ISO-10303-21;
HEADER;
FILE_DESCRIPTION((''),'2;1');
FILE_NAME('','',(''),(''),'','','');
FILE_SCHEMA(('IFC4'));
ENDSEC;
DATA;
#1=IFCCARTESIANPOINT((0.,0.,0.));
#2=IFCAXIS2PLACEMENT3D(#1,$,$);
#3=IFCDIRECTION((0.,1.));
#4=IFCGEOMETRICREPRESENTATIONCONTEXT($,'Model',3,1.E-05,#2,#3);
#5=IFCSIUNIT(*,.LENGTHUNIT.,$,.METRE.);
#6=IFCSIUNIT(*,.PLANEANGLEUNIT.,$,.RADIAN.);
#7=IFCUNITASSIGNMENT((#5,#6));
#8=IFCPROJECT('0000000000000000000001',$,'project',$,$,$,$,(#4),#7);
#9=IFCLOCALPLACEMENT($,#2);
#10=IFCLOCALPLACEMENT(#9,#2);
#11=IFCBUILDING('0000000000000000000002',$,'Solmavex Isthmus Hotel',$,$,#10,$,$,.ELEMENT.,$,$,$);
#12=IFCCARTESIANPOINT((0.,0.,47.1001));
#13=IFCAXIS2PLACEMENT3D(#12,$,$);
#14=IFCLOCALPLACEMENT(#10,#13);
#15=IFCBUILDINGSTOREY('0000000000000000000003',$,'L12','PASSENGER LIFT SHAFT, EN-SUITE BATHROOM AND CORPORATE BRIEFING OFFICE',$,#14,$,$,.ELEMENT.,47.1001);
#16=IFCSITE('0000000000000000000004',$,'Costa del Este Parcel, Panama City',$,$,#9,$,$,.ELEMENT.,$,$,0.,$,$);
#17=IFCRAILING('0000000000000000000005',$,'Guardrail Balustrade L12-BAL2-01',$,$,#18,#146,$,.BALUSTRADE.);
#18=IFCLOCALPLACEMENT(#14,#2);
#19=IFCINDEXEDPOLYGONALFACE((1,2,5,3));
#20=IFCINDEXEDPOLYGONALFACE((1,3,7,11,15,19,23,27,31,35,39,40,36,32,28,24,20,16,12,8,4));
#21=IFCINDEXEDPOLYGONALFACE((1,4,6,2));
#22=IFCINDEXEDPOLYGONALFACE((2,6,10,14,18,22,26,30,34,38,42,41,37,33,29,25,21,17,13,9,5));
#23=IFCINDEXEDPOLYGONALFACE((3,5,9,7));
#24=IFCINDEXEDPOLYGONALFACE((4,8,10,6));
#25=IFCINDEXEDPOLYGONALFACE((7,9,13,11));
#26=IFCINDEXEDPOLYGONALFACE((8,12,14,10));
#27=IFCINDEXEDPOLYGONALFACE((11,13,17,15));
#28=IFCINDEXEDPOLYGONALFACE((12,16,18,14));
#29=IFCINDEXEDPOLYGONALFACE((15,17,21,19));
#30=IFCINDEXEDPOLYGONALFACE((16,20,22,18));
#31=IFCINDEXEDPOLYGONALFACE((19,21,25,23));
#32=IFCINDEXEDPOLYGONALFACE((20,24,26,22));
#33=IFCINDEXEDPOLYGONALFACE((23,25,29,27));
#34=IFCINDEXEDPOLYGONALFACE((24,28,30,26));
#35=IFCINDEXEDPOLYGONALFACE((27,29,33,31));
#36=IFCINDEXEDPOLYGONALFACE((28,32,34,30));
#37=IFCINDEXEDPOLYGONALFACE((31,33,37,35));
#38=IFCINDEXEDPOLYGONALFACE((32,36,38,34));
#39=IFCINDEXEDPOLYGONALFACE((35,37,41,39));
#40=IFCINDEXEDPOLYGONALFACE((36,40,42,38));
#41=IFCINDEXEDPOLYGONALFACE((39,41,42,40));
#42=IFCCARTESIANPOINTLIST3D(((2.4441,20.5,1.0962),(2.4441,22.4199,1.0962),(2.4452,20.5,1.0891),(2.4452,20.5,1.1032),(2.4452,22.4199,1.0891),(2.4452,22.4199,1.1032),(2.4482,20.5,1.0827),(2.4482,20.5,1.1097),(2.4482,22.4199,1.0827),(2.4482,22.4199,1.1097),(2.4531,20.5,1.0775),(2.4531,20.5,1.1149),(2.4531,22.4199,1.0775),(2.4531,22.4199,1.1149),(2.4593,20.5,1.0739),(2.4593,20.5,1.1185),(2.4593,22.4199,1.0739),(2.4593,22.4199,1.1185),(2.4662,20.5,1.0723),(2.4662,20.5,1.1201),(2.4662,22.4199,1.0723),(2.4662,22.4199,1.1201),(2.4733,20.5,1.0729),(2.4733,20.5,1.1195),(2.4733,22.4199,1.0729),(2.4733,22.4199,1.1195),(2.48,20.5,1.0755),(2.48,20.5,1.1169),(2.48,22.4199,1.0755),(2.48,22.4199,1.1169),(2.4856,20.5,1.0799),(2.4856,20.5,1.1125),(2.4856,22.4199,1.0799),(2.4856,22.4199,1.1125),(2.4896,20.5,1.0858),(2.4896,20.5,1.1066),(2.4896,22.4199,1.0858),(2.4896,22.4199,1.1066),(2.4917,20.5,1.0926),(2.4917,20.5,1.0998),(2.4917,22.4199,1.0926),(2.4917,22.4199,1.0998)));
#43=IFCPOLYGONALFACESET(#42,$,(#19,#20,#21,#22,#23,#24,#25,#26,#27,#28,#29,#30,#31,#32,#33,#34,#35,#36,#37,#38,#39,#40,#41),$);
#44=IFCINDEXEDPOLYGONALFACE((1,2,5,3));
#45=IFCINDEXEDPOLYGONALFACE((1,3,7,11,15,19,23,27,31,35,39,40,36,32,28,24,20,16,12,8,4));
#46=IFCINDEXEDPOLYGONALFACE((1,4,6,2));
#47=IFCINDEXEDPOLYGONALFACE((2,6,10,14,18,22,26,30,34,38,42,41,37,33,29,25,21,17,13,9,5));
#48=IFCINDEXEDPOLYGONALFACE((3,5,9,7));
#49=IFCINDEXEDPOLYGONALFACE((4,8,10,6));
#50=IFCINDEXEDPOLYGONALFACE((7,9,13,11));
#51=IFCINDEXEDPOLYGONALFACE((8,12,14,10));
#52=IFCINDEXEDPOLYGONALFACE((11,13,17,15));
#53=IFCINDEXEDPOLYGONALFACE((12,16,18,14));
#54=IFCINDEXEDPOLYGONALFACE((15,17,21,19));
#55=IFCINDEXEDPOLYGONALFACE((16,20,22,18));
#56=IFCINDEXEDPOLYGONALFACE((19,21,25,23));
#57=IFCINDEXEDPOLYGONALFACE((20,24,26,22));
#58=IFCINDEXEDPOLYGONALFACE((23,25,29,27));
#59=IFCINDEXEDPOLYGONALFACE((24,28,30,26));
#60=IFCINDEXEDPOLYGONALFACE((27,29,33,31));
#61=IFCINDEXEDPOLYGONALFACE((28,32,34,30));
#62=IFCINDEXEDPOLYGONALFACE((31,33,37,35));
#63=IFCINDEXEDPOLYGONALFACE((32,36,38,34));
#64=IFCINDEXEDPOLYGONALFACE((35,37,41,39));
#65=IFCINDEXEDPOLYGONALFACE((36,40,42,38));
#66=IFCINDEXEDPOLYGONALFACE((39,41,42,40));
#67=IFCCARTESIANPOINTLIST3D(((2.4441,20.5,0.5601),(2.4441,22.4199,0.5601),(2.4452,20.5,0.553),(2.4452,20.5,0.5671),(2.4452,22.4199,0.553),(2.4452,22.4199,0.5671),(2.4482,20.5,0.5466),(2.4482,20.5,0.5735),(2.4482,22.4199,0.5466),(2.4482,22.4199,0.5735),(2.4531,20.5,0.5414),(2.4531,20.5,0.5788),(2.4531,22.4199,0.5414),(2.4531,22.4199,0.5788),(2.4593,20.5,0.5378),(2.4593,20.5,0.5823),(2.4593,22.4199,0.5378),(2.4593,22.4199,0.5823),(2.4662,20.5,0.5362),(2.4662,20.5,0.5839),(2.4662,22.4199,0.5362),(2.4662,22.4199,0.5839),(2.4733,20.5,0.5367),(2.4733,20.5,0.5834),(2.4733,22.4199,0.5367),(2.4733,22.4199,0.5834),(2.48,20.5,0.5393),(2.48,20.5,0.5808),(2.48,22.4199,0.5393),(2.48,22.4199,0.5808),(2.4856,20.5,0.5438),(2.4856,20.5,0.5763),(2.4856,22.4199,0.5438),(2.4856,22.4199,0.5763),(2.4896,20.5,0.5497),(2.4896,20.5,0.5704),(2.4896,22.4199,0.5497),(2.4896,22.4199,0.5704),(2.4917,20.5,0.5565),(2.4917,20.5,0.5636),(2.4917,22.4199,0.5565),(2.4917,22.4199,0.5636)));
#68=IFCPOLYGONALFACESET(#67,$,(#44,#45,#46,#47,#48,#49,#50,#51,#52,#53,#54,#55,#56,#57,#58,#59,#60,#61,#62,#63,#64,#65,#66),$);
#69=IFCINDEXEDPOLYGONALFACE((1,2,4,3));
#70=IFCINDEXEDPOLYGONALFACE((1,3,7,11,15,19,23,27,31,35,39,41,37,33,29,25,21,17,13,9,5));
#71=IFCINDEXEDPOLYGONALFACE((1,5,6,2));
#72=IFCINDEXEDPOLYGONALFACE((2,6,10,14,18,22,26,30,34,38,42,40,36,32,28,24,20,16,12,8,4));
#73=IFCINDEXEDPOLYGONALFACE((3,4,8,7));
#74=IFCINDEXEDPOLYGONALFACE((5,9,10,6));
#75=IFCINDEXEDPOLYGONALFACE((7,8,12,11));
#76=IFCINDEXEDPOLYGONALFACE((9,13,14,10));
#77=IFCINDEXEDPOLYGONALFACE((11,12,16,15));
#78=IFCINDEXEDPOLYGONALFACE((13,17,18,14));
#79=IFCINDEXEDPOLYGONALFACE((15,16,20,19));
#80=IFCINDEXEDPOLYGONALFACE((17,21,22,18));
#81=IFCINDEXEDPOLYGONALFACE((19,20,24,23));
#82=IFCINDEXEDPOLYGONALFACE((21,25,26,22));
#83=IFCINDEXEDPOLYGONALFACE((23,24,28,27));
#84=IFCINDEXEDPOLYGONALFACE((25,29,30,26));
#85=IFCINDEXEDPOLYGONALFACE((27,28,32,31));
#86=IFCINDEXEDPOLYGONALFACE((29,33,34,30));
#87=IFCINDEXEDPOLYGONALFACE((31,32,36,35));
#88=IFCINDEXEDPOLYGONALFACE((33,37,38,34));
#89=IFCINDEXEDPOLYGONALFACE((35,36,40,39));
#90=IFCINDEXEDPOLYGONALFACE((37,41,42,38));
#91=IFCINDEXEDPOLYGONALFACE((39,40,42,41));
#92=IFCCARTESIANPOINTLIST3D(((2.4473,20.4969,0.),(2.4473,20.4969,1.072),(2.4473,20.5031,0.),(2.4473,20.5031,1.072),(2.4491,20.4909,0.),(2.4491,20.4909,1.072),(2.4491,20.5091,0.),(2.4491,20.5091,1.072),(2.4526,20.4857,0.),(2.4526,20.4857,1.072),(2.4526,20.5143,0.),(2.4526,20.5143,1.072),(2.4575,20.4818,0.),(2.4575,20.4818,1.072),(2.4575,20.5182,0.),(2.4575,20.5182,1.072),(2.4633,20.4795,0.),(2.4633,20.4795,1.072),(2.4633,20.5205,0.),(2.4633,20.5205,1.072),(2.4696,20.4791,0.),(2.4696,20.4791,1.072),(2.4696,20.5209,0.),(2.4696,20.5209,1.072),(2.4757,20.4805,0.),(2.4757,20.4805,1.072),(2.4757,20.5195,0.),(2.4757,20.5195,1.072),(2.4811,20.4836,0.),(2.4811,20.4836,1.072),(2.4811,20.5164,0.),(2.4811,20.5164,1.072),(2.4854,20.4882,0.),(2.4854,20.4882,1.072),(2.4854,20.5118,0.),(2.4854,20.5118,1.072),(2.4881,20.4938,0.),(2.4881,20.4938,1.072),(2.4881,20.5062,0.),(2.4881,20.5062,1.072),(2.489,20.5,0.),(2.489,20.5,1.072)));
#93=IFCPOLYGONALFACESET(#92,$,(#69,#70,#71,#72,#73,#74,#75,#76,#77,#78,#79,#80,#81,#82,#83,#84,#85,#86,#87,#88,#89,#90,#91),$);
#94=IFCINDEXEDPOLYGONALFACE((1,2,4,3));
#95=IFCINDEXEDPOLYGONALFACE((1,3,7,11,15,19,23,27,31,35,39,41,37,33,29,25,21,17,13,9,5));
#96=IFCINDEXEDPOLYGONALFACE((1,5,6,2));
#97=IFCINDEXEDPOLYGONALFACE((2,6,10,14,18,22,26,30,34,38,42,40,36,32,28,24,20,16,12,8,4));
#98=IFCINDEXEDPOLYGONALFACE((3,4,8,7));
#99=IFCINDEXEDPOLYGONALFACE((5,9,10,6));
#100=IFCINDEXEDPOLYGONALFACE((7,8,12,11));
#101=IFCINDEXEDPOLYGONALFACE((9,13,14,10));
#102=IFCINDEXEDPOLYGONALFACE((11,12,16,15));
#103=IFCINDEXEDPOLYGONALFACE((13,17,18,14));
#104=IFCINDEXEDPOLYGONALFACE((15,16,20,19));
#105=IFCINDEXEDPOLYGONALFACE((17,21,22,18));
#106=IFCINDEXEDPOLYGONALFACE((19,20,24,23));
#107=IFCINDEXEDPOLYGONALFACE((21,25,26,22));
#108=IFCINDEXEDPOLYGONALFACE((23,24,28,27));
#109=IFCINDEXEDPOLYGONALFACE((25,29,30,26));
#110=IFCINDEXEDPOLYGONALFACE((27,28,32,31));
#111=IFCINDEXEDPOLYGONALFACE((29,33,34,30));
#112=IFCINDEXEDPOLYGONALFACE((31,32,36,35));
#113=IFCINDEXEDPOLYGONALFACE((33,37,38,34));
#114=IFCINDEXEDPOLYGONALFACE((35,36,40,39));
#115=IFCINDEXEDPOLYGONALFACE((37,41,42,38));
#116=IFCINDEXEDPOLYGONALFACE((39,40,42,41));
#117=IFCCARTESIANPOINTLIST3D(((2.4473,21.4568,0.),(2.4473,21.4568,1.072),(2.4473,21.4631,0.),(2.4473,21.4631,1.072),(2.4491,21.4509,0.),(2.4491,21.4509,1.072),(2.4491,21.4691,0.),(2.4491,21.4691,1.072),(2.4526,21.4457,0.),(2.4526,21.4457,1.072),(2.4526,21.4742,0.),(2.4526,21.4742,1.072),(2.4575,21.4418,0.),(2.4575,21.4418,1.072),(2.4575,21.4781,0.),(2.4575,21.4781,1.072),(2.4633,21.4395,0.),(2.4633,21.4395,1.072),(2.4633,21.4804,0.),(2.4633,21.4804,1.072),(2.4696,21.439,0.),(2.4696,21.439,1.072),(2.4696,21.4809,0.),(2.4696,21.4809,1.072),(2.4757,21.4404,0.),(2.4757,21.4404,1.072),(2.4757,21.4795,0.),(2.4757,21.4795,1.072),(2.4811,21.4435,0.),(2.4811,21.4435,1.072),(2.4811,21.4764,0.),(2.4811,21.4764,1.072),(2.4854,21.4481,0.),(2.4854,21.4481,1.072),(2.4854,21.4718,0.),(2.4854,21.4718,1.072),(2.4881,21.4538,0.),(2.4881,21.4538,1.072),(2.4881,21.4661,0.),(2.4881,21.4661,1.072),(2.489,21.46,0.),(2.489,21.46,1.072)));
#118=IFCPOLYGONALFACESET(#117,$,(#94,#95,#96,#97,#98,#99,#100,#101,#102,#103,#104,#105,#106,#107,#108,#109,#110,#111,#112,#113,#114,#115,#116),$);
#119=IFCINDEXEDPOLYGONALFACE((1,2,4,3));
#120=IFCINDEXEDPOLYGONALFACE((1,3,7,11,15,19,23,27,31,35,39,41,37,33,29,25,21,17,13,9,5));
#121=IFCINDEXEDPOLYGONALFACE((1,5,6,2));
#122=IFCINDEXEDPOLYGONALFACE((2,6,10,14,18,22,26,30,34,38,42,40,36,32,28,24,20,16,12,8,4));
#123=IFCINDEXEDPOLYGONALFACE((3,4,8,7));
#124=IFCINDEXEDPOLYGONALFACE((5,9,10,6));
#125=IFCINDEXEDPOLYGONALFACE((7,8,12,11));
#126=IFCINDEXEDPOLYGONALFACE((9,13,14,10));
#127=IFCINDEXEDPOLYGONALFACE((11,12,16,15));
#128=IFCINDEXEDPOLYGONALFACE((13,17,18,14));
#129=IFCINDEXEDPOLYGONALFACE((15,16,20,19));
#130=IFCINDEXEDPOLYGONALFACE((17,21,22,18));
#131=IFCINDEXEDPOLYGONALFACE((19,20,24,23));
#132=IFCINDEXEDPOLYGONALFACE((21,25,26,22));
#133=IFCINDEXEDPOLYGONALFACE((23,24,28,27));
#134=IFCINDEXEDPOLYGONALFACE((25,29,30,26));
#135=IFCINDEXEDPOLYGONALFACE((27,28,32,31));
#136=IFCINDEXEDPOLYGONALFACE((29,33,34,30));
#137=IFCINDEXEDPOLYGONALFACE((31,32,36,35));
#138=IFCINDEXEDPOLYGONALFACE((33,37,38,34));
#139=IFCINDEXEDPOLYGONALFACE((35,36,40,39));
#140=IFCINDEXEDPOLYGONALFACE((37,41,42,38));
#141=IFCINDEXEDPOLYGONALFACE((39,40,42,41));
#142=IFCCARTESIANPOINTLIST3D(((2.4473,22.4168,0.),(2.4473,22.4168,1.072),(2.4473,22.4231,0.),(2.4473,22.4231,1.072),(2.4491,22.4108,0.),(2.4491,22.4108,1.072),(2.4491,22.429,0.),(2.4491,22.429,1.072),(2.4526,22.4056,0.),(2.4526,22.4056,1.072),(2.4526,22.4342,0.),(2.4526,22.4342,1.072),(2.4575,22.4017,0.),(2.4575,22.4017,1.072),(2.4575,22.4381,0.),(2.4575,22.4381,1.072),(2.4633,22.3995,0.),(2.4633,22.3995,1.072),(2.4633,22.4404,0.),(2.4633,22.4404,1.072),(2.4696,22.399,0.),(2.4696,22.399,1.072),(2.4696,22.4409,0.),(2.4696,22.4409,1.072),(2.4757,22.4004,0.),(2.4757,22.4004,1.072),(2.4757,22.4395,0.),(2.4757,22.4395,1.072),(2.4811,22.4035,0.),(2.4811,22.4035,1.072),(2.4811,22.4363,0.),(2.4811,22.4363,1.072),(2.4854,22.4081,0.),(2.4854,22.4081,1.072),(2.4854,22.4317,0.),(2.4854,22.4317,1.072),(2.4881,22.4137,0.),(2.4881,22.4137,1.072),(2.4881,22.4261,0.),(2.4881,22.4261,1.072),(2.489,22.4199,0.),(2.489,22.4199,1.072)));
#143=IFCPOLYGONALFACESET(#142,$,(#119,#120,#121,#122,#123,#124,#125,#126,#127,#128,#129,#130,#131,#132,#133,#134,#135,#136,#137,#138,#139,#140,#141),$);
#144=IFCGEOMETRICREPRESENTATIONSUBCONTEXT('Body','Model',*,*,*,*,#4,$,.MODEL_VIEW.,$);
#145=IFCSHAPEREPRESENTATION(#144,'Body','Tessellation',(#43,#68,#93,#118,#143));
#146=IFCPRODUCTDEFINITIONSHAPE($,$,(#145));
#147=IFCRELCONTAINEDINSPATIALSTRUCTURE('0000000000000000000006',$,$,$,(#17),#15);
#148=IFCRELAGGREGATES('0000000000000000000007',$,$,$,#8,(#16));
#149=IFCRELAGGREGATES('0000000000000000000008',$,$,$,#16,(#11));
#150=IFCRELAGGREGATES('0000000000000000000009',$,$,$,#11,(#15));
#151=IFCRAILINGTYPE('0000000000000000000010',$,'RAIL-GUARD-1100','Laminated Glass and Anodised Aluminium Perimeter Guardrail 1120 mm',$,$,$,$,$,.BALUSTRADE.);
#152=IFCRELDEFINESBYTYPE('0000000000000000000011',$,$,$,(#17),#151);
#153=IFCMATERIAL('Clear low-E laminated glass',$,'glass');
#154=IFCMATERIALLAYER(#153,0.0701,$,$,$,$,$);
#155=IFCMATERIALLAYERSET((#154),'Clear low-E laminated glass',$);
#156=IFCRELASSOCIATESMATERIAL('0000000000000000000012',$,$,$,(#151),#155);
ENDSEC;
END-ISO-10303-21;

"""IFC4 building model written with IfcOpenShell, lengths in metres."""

from ifc_helpers import new_model, si_unit, direction, frame, origin, origin_2d, place, context, subcontext, project, spatial, circle, extrude, material, layer, layer_set, type_object, element, save


model = new_model("IFC4")

# Units and contexts
model_context = context("Model", 3, precision=1e-05, world=origin(), true_north=direction((0.0, 1.0)))
body_context = subcontext(model_context, "Body", "Model", "MODEL_VIEW")
ifc_project = project(units=[si_unit("LENGTHUNIT", "METRE"), si_unit("PLANEANGLEUNIT", "RADIAN")], contexts=[model_context])

# Site, building, storey
site_placement = place(None, origin())
site = spatial("IfcSite", under=ifc_project, at=site_placement, Name="Costa del Este Parcel, Panama City", CompositionType="ELEMENT", RefElevation=0.0)
building_placement = place(site_placement, origin())
building = spatial("IfcBuilding", under=site, at=building_placement, Name="Solmavex Isthmus Hotel", CompositionType="ELEMENT")
storey_placement = place(building_placement, frame((0.0, 0.0, 47.1001)))
storey = spatial("IfcBuildingStorey", under=building, at=storey_placement, Name="L12", Description="PASSENGER LIFT SHAFT, EN-SUITE BATHROOM AND CORPORATE BRIEFING OFFICE", CompositionType="ELEMENT", Elevation=47.1001)

# Shared definitions
ifc_material_1 = material(Name="Clear low-E laminated glass", Category="glass")

# Railing
ifc_layer_1 = layer(ifc_material_1, 0.0701)
ifc_layer_set_1 = layer_set([ifc_layer_1], Name="Clear low-E laminated glass")
railing_type = type_object("IfcRailingType", Name="RAIL-GUARD-1100", Description="Laminated Glass and Anodised Aluminium Perimeter Guardrail 1120 mm", PredefinedType="BALUSTRADE", material=ifc_layer_set_1)
railing_1_placement = place(storey_placement, frame((2.468, 20.5, 0.0)))
element("IfcRailing", 1, at=railing_1_placement, inside=storey, type_object=railing_type, Name="Guardrail Balustrade L12-BAL2-01", PredefinedType="BALUSTRADE", context=body_context, shape_type="SweptSolid", body=[
    extrude(circle(Radius=0.0239, at=origin_2d()), frame((0.0, 0.0, 1.0962), z_axis=(0.0, 1.0, 0.0), x_axis=(-1.0, 0.0, 0.0)), (0.0, 0.0, 1.0), 1.9199),
    extrude(circle(Radius=0.0239, at=origin_2d()), frame((0.0, 0.0, 0.5601), z_axis=(0.0, 1.0, 0.0), x_axis=(-1.0, 0.0, 0.0)), (0.0, 0.0, 1.0), 1.9199),
    extrude(circle(Radius=0.021, at=origin_2d()), origin(), (0.0, 0.0, 1.0), 1.072),
    extrude(circle(Radius=0.021, at=origin_2d()), frame((0.0, 0.96, 0.0)), (0.0, 0.0, 1.0), 1.072),
    extrude(circle(Radius=0.021, at=origin_2d()), frame((0.0, 1.9199, 0.0)), (0.0, 0.0, 1.0), 1.072),
])

save(model, "model.ifc")
